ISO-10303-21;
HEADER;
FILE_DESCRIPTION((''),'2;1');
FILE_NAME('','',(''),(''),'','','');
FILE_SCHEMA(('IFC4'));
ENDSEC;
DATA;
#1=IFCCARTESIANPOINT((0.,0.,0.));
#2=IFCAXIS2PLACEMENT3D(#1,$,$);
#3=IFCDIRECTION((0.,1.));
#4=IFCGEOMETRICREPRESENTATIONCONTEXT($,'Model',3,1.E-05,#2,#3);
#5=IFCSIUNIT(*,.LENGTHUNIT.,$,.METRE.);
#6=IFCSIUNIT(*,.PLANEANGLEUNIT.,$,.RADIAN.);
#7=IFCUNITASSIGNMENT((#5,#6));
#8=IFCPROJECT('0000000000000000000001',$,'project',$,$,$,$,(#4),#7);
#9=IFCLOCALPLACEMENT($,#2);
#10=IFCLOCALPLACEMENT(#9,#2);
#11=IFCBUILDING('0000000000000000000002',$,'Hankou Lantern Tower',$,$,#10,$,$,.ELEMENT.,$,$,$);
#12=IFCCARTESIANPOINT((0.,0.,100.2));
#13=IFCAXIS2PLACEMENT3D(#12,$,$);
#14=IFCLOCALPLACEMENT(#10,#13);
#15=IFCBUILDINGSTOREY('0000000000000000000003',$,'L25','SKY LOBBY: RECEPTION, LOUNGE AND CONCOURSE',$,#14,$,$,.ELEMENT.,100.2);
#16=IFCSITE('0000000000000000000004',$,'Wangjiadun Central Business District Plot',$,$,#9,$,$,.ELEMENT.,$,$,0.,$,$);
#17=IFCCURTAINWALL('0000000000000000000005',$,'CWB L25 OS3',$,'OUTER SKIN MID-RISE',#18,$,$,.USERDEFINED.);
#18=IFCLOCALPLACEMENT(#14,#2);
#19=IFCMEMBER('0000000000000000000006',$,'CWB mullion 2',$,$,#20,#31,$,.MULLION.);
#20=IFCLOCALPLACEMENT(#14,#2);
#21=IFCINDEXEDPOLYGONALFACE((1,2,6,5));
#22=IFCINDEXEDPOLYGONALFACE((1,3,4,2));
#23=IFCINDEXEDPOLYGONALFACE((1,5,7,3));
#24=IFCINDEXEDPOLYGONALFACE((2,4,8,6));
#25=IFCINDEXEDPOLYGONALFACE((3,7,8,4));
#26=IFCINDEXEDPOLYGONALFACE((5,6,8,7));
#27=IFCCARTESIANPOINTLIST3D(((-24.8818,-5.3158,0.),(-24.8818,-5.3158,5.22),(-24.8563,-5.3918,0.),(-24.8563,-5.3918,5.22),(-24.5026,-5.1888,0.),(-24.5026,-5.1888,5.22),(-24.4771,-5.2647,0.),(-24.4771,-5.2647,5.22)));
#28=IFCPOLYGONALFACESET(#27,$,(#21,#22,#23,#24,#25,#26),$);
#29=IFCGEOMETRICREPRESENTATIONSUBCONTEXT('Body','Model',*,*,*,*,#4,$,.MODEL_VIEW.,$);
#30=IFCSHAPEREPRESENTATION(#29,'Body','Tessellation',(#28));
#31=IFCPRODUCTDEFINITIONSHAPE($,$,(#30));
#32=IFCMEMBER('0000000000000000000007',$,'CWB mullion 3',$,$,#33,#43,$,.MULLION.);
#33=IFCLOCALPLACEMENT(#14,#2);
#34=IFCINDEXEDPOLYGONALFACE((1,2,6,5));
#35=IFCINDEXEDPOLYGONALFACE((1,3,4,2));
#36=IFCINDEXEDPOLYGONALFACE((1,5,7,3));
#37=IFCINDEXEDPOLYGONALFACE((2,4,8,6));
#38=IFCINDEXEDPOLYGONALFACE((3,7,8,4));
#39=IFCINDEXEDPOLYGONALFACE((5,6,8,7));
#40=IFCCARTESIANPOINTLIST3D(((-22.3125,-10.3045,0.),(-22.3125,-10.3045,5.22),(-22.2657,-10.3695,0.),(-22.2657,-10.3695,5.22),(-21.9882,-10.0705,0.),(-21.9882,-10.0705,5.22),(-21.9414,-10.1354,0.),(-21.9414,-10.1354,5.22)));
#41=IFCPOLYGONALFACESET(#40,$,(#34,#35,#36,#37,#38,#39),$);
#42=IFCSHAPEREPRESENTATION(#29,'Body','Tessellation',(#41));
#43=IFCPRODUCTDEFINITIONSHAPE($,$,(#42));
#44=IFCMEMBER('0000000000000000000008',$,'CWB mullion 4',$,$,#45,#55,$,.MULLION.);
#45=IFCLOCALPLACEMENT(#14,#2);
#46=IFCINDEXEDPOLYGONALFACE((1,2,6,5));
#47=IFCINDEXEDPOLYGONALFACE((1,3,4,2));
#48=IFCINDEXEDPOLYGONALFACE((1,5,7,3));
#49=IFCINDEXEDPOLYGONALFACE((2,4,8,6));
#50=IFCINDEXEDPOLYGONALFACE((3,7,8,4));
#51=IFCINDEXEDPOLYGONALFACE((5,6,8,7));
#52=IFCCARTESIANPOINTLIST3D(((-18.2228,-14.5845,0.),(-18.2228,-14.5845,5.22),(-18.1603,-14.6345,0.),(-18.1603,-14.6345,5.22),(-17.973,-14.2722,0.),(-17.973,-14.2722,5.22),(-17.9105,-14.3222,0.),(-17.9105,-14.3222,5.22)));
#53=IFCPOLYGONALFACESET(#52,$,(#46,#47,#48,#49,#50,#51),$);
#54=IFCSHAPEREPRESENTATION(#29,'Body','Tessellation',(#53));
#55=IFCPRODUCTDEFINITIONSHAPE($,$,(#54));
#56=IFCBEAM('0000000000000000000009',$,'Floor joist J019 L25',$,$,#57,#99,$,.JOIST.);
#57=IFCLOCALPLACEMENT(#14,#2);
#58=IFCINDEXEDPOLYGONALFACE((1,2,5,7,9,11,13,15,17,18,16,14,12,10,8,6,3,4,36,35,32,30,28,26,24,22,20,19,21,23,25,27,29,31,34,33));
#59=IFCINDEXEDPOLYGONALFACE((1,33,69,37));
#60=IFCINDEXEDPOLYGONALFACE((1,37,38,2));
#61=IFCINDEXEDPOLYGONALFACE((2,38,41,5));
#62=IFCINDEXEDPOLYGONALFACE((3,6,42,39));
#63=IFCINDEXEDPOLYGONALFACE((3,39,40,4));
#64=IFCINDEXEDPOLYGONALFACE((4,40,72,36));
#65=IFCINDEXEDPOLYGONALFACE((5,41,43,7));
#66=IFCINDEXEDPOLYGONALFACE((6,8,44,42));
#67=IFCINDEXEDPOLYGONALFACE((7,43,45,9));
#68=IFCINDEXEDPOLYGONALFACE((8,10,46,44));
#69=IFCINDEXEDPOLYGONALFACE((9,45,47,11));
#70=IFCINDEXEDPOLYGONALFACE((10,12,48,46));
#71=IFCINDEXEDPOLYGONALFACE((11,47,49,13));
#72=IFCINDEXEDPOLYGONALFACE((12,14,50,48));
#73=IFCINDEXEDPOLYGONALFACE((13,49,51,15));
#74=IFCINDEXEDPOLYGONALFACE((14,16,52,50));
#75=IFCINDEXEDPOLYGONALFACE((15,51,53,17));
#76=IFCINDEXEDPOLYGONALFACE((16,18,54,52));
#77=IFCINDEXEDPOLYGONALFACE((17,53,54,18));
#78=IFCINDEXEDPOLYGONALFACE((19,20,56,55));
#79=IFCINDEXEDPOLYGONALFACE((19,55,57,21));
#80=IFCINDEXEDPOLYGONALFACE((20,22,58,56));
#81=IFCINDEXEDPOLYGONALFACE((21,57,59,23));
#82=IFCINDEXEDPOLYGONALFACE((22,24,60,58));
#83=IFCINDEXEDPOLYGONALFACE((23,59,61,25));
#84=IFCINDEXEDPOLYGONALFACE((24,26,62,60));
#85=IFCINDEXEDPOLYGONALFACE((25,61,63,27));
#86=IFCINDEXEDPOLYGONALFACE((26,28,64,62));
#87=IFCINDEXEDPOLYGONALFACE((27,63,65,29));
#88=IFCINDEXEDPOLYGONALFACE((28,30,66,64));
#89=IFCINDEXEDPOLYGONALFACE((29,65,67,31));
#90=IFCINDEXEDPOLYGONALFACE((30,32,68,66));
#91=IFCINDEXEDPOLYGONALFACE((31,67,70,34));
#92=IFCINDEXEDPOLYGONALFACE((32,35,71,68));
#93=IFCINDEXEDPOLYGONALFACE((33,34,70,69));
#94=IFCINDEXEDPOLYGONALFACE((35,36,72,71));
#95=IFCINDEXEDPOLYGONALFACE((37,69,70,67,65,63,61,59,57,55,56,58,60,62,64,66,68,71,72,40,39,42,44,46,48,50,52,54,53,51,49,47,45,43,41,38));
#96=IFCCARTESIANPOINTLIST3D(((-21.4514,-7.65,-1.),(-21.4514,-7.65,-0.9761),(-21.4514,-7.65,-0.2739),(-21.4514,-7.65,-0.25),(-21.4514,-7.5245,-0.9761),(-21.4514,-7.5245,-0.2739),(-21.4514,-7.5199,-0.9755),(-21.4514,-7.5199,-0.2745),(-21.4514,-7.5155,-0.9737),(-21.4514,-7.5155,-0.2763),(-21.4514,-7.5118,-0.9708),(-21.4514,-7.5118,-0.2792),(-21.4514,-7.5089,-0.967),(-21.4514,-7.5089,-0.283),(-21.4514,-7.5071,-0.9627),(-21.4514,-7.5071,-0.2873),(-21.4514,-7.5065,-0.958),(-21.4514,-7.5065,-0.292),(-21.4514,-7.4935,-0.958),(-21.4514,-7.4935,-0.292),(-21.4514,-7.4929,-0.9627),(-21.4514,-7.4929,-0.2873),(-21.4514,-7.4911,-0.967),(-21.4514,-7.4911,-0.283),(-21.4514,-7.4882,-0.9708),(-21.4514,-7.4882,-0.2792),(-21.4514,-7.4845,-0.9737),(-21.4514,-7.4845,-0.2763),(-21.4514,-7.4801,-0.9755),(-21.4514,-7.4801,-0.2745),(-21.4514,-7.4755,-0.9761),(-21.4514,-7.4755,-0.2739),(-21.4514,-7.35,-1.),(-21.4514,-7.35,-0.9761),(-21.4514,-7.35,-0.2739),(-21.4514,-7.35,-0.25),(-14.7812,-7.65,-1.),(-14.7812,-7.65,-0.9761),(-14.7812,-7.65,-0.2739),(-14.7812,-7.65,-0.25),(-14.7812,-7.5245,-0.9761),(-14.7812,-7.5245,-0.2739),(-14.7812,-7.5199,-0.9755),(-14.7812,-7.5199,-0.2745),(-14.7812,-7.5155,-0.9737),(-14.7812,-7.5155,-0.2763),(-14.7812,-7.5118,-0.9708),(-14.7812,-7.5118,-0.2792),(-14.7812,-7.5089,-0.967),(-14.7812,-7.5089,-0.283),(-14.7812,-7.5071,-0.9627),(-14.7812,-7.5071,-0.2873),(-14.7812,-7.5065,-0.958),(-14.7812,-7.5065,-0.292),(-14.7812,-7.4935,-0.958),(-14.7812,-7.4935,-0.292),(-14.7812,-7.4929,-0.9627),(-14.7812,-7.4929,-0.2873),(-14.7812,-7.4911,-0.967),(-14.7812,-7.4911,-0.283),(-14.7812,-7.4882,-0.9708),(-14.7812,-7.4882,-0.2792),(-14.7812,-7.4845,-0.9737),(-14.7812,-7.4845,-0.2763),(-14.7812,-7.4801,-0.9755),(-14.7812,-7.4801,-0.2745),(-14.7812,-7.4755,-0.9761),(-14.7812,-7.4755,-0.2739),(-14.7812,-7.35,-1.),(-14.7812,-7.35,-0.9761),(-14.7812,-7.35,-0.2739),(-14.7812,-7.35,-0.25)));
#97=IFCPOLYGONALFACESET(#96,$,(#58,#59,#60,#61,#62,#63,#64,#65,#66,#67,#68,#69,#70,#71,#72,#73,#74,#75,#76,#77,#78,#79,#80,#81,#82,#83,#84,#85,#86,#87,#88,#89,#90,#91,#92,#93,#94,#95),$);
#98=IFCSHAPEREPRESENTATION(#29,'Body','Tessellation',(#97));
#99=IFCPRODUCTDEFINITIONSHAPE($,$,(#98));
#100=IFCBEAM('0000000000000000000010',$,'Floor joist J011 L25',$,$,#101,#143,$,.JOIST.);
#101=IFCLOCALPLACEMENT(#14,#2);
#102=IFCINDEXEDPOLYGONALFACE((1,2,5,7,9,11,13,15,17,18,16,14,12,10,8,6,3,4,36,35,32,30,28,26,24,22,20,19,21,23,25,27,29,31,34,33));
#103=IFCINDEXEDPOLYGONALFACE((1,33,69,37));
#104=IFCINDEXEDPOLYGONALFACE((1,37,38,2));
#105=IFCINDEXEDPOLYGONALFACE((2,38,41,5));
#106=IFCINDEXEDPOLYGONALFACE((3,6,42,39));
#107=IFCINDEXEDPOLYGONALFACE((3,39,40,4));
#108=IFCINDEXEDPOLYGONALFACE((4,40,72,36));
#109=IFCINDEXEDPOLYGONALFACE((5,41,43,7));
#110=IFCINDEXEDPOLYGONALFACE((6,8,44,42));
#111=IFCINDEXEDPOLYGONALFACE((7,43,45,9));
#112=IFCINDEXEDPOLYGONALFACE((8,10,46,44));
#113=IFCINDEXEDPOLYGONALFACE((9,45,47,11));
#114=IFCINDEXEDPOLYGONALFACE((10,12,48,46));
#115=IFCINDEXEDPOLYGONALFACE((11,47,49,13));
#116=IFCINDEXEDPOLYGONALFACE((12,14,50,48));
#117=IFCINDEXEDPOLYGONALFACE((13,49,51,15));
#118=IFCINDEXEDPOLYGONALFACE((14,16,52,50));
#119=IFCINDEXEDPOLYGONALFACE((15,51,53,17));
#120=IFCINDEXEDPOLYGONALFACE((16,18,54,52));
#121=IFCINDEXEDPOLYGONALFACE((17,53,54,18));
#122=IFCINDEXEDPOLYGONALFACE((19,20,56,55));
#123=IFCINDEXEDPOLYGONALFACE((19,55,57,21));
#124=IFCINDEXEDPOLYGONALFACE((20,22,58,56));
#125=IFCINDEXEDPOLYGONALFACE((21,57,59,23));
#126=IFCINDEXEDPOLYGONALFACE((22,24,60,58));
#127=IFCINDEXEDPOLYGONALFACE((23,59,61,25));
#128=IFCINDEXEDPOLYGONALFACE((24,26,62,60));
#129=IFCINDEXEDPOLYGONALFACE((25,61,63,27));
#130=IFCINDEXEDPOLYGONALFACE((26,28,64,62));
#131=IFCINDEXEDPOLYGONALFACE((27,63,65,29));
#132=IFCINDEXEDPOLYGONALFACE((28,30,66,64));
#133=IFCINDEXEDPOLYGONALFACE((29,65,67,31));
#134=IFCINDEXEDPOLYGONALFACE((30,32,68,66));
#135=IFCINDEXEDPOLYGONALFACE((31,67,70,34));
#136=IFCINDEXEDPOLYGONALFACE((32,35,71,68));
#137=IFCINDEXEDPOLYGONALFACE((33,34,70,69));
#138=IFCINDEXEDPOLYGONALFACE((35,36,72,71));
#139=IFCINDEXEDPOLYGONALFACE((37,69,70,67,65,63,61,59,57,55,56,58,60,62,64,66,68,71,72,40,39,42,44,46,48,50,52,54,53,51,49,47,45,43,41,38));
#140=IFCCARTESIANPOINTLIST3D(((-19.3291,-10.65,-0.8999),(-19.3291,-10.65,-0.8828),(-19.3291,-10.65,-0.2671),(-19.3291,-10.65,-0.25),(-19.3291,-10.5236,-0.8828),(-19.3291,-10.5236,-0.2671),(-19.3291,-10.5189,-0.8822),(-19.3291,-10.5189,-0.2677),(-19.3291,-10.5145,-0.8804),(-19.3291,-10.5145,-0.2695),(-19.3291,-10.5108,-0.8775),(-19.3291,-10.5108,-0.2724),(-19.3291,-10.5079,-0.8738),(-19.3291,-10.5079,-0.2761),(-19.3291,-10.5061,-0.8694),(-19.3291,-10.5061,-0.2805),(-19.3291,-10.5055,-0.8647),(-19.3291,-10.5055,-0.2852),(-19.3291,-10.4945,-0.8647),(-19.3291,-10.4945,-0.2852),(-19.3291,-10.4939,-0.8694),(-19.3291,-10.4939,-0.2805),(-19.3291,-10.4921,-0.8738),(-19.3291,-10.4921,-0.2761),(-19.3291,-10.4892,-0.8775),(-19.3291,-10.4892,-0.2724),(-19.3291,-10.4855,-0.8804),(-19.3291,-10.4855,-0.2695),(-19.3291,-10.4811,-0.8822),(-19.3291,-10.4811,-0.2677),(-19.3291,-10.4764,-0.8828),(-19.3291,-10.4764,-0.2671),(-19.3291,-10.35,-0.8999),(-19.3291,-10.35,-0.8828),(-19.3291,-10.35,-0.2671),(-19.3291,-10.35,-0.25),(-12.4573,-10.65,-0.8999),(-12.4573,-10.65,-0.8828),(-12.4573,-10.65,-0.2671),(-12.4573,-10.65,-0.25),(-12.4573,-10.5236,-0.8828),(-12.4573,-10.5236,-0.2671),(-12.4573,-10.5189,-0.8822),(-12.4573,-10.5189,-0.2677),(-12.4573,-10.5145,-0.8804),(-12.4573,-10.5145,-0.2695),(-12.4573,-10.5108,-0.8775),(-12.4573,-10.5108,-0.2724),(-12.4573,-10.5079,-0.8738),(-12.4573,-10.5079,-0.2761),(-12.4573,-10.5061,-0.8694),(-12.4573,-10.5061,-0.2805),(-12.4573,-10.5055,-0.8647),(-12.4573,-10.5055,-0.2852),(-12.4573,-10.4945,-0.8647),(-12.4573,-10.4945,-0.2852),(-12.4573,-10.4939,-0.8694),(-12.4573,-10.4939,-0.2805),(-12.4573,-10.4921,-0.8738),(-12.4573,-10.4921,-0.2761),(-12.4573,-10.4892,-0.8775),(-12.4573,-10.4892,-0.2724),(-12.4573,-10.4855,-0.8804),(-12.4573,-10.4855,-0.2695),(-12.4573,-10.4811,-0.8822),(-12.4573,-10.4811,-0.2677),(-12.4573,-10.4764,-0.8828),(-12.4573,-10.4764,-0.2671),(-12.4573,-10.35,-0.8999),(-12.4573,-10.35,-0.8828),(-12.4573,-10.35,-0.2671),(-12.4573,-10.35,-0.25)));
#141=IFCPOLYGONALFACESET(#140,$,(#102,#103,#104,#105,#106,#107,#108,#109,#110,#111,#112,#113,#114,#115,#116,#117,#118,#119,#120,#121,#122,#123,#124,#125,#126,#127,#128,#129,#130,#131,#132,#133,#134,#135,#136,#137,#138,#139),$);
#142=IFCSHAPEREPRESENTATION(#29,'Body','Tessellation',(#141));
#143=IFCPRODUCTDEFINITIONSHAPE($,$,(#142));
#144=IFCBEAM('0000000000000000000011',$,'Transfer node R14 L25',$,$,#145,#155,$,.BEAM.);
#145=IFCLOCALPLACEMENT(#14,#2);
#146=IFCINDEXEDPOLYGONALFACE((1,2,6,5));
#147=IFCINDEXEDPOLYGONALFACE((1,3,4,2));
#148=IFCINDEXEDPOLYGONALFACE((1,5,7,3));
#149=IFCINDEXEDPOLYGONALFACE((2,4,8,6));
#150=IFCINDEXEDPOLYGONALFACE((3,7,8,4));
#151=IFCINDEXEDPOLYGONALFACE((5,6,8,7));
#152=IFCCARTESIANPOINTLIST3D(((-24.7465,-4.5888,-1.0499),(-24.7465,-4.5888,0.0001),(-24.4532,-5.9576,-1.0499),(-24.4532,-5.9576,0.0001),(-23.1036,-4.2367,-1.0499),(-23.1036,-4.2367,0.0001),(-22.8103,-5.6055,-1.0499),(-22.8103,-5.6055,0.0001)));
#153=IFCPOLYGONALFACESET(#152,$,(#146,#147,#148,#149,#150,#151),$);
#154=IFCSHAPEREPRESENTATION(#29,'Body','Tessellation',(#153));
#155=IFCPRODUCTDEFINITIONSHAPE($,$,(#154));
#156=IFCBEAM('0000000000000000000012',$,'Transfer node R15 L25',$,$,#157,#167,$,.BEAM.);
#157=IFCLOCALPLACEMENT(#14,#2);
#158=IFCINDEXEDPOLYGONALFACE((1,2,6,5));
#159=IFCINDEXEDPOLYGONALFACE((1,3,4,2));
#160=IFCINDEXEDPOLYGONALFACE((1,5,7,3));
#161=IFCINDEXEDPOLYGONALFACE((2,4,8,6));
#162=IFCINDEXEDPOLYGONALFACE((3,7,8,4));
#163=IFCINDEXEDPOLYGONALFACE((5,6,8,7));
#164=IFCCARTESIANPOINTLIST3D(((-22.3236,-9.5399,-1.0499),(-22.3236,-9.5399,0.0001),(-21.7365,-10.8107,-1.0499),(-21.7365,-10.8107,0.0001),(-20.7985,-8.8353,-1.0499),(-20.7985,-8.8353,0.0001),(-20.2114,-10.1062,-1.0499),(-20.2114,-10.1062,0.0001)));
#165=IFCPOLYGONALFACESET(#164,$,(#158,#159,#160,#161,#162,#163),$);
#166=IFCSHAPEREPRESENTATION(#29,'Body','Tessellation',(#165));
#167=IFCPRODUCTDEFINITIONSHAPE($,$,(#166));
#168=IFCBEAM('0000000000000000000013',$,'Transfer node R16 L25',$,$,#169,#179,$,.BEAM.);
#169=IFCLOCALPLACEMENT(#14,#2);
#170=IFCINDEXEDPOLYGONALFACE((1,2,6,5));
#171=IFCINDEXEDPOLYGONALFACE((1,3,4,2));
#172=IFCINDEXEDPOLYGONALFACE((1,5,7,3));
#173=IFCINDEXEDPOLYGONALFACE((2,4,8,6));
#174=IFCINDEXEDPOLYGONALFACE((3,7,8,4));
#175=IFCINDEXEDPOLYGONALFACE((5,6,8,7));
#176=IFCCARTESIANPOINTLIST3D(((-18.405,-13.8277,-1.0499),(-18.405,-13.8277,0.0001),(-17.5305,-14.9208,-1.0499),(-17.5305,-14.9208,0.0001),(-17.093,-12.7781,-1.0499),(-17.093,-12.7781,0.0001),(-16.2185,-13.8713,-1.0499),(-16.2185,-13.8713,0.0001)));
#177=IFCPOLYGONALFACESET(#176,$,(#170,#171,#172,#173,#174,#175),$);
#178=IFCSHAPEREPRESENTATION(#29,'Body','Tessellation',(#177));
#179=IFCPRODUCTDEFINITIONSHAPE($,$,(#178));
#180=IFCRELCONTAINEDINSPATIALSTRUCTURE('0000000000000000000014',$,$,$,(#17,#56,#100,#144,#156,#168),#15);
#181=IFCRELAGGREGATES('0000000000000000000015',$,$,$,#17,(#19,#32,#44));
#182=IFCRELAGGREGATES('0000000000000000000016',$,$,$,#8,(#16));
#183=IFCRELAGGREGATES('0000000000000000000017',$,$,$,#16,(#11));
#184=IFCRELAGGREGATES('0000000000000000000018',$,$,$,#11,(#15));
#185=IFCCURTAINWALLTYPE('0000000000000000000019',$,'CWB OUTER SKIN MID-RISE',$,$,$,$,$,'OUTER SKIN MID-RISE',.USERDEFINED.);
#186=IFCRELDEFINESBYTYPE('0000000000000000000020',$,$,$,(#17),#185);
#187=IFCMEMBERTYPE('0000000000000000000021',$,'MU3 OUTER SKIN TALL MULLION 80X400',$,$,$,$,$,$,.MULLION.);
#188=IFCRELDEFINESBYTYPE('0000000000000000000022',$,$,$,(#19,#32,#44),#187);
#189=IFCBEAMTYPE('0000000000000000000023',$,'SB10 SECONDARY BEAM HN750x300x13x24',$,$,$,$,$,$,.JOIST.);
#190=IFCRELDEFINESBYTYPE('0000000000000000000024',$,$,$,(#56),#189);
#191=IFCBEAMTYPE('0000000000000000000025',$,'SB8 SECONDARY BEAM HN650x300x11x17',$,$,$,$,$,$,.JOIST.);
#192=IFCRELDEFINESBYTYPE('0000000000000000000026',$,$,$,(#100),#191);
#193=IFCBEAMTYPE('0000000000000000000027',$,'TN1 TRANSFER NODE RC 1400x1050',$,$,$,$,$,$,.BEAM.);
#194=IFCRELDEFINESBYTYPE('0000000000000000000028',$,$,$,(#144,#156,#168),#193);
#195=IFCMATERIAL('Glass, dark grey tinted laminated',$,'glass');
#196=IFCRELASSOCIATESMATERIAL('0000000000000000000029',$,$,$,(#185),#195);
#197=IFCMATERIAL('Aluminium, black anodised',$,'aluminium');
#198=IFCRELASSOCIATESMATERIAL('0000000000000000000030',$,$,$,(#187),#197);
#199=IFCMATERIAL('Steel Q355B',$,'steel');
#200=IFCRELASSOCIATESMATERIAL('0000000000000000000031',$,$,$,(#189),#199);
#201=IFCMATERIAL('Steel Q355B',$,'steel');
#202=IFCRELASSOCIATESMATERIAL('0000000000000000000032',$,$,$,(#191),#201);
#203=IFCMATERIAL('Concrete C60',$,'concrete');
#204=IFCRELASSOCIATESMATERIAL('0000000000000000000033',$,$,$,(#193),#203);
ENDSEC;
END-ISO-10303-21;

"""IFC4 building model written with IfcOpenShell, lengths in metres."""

from ifc_helpers import new_model, si_unit, direction, frame, origin, origin_2d, place, context, subcontext, project, spatial, rectangle, i_section, extrude, material, material_profile, profile_set, type_object, element, aggregate, save


model = new_model("IFC4")

# Units and contexts
model_context = context("Model", 3, precision=1e-05, world=origin(), true_north=direction((0.0, 1.0)))
body_context = subcontext(model_context, "Body", "Model", "MODEL_VIEW")
ifc_project = project(units=[si_unit("LENGTHUNIT", "METRE"), si_unit("PLANEANGLEUNIT", "RADIAN")], contexts=[model_context])

# Site, building, storey
site_placement = place(None, origin())
site = spatial("IfcSite", under=ifc_project, at=site_placement, Name="Wangjiadun Central Business District Plot", CompositionType="ELEMENT", RefElevation=0.0)
building_placement = place(site_placement, origin())
building = spatial("IfcBuilding", under=site, at=building_placement, Name="Hankou Lantern Tower", CompositionType="ELEMENT")
storey_placement = place(building_placement, frame((0.0, 0.0, 100.2)))
storey = spatial("IfcBuildingStorey", under=building, at=storey_placement, Name="L25", Description="SKY LOBBY: RECEPTION, LOUNGE AND CONCOURSE", CompositionType="ELEMENT", Elevation=100.2)

# Curtain wall, members
ifc_material_1 = material(Name="Glass, dark grey tinted laminated", Category="glass")
curtain_wall_type = type_object("IfcCurtainWallType", Name="CWB OUTER SKIN MID-RISE", ElementType="OUTER SKIN MID-RISE", PredefinedType="USERDEFINED", material=ifc_material_1)
curtain_wall_placement = place(storey_placement, origin())
curtain_wall = element("IfcCurtainWall", 1, at=curtain_wall_placement, inside=storey, type_object=curtain_wall_type, Name="CWB L25 OS3", ObjectType="OUTER SKIN MID-RISE", PredefinedType="USERDEFINED")
ifc_material_2 = material(Name="Aluminium, black anodised", Category="aluminium")
ifc_material_profile_1 = material_profile(ifc_material_2, rectangle(XDim=0.0801, YDim=0.3999, at=origin_2d()), Name="MU3 80X400")
ifc_profile_set_1 = profile_set([ifc_material_profile_1], Name="Aluminium, black anodised")
member_type_1 = type_object("IfcMemberType", Name="MU3 OUTER SKIN TALL MULLION 80X400", PredefinedType="MULLION", material=ifc_profile_set_1)
member_1_placement = place(storey_placement, frame((-24.6794, -5.2903, 0.0), z_axis=(0.0, 0.0, 1.0), x_axis=(0.317596, -0.948226, 0.0)))
member_1 = element("IfcMember", 2, at=member_1_placement, type_object=member_type_1, Name="CWB mullion 2", PredefinedType="MULLION", context=body_context, shape_type="SweptSolid", body=[
    extrude(rectangle(XDim=0.0801, YDim=0.3999, at=origin_2d()), origin(), (0.0, 0.0, 1.0), 5.22),
])
member_2_placement = place(storey_placement, frame((-22.127, -10.22, 0.0), z_axis=(0.0, 0.0, 1.0), x_axis=(0.585206, -0.810885, 0.0)))
member_2 = element("IfcMember", 3, at=member_2_placement, type_object=member_type_1, Name="CWB mullion 3", PredefinedType="MULLION", context=body_context, shape_type="SweptSolid", body=[
    extrude(rectangle(XDim=0.0801, YDim=0.3999, at=origin_2d()), origin(), (0.0, 0.0, 1.0), 5.22),
])
member_3_placement = place(storey_placement, frame((-18.0667, -14.4534, 0.0), z_axis=(0.0, 0.0, 1.0), x_axis=(0.780869, -0.624695, 0.0)))
member_3 = element("IfcMember", 4, at=member_3_placement, type_object=member_type_1, Name="CWB mullion 4", PredefinedType="MULLION", context=body_context, shape_type="SweptSolid", body=[
    extrude(rectangle(XDim=0.0801, YDim=0.3999, at=origin_2d()), origin(), (0.0, 0.0, 1.0), 5.22),
])

# Beams
ifc_material_3 = material(Name="Steel Q355B", Category="steel")
ifc_material_profile_2 = material_profile(ifc_material_3, i_section(OverallWidth=0.3, OverallDepth=0.75, WebThickness=0.0129, FlangeThickness=0.0239, FilletRadius=0.0181, at=origin_2d()), Name="HN750x300x13x24")
ifc_profile_set_2 = profile_set([ifc_material_profile_2], Name="Steel Q355B")
beam_type_1 = type_object("IfcBeamType", Name="SB10 SECONDARY BEAM HN750x300x13x24", PredefinedType="JOIST", material=ifc_profile_set_2)
beam_1_placement = place(storey_placement, frame((-21.4514, -7.5, -0.625), z_axis=(1.0, 0.0, 0.0), x_axis=(0.0, 1.0, 0.0)))
element("IfcBeam", 5, at=beam_1_placement, inside=storey, type_object=beam_type_1, Name="Floor joist J019 L25", PredefinedType="JOIST", context=body_context, shape_type="SweptSolid", body=[
    extrude(i_section(OverallWidth=0.3, OverallDepth=0.75, WebThickness=0.0129, FlangeThickness=0.0239, FilletRadius=0.0181, at=origin_2d()), origin(), (0.0, 0.0, 1.0), 6.6702),
])
ifc_material_4 = material(Name="Steel Q355B", Category="steel")
ifc_material_profile_3 = material_profile(ifc_material_4, i_section(OverallWidth=0.3, OverallDepth=0.6499, WebThickness=0.011, FlangeThickness=0.0171, FilletRadius=0.0181, at=origin_2d()), Name="HN650x300x11x17")
ifc_profile_set_3 = profile_set([ifc_material_profile_3], Name="Steel Q355B")
beam_type_2 = type_object("IfcBeamType", Name="SB8 SECONDARY BEAM HN650x300x11x17", PredefinedType="JOIST", material=ifc_profile_set_3)
beam_2_placement = place(storey_placement, frame((-19.3291, -10.5, -0.575), z_axis=(1.0, 0.0, 0.0), x_axis=(0.0, 1.0, 0.0)))
element("IfcBeam", 6, at=beam_2_placement, inside=storey, type_object=beam_type_2, Name="Floor joist J011 L25", PredefinedType="JOIST", context=body_context, shape_type="SweptSolid", body=[
    extrude(i_section(OverallWidth=0.3, OverallDepth=0.6499, WebThickness=0.011, FlangeThickness=0.0171, FilletRadius=0.0181, at=origin_2d()), origin(), (0.0, 0.0, 1.0), 6.8718),
])
ifc_material_5 = material(Name="Concrete C60", Category="concrete")
ifc_material_profile_4 = material_profile(ifc_material_5, rectangle(XDim=1.3999, YDim=1.05, at=origin_2d()), Name="RC 1400x1050")
ifc_profile_set_4 = profile_set([ifc_material_profile_4], Name="Concrete C60")
beam_type_3 = type_object("IfcBeamType", Name="TN1 TRANSFER NODE RC 1400x1050", PredefinedType="BEAM", material=ifc_profile_set_4)
beam_3_placement = place(storey_placement, frame((-24.5999, -5.2732, -0.5249), z_axis=(0.9778, 0.209539, 0.0), x_axis=(-0.209539, 0.9778, 0.0)))
element("IfcBeam", 7, at=beam_3_placement, inside=storey, type_object=beam_type_3, Name="Transfer node R14 L25", PredefinedType="BEAM", context=body_context, shape_type="SweptSolid", body=[
    extrude(rectangle(XDim=1.3999, YDim=1.05, at=origin_2d()), origin(), (0.0, 0.0, 1.0), 1.6802),
])
beam_4_placement = place(storey_placement, frame((-22.03, -10.1753, -0.5249), z_axis=(0.907806, 0.41939, 0.0), x_axis=(-0.41939, 0.907806, 0.0)))
element("IfcBeam", 8, at=beam_4_placement, inside=storey, type_object=beam_type_3, Name="Transfer node R15 L25", PredefinedType="BEAM", context=body_context, shape_type="SweptSolid", body=[
    extrude(rectangle(XDim=1.3999, YDim=1.05, at=origin_2d()), origin(), (0.0, 0.0, 1.0), 1.6799),
])
beam_5_placement = place(storey_placement, frame((-17.9678, -14.3743, -0.5249), z_axis=(0.780883, 0.624677, 0.0), x_axis=(-0.624677, 0.780883, 0.0)))
element("IfcBeam", 9, at=beam_5_placement, inside=storey, type_object=beam_type_3, Name="Transfer node R16 L25", PredefinedType="BEAM", context=body_context, shape_type="SweptSolid", body=[
    extrude(rectangle(XDim=1.3999, YDim=1.05, at=origin_2d()), origin(), (0.0, 0.0, 1.0), 1.6802),
])

aggregate(curtain_wall, [member_1, member_2, member_3])

save(model, "model.ifc")
